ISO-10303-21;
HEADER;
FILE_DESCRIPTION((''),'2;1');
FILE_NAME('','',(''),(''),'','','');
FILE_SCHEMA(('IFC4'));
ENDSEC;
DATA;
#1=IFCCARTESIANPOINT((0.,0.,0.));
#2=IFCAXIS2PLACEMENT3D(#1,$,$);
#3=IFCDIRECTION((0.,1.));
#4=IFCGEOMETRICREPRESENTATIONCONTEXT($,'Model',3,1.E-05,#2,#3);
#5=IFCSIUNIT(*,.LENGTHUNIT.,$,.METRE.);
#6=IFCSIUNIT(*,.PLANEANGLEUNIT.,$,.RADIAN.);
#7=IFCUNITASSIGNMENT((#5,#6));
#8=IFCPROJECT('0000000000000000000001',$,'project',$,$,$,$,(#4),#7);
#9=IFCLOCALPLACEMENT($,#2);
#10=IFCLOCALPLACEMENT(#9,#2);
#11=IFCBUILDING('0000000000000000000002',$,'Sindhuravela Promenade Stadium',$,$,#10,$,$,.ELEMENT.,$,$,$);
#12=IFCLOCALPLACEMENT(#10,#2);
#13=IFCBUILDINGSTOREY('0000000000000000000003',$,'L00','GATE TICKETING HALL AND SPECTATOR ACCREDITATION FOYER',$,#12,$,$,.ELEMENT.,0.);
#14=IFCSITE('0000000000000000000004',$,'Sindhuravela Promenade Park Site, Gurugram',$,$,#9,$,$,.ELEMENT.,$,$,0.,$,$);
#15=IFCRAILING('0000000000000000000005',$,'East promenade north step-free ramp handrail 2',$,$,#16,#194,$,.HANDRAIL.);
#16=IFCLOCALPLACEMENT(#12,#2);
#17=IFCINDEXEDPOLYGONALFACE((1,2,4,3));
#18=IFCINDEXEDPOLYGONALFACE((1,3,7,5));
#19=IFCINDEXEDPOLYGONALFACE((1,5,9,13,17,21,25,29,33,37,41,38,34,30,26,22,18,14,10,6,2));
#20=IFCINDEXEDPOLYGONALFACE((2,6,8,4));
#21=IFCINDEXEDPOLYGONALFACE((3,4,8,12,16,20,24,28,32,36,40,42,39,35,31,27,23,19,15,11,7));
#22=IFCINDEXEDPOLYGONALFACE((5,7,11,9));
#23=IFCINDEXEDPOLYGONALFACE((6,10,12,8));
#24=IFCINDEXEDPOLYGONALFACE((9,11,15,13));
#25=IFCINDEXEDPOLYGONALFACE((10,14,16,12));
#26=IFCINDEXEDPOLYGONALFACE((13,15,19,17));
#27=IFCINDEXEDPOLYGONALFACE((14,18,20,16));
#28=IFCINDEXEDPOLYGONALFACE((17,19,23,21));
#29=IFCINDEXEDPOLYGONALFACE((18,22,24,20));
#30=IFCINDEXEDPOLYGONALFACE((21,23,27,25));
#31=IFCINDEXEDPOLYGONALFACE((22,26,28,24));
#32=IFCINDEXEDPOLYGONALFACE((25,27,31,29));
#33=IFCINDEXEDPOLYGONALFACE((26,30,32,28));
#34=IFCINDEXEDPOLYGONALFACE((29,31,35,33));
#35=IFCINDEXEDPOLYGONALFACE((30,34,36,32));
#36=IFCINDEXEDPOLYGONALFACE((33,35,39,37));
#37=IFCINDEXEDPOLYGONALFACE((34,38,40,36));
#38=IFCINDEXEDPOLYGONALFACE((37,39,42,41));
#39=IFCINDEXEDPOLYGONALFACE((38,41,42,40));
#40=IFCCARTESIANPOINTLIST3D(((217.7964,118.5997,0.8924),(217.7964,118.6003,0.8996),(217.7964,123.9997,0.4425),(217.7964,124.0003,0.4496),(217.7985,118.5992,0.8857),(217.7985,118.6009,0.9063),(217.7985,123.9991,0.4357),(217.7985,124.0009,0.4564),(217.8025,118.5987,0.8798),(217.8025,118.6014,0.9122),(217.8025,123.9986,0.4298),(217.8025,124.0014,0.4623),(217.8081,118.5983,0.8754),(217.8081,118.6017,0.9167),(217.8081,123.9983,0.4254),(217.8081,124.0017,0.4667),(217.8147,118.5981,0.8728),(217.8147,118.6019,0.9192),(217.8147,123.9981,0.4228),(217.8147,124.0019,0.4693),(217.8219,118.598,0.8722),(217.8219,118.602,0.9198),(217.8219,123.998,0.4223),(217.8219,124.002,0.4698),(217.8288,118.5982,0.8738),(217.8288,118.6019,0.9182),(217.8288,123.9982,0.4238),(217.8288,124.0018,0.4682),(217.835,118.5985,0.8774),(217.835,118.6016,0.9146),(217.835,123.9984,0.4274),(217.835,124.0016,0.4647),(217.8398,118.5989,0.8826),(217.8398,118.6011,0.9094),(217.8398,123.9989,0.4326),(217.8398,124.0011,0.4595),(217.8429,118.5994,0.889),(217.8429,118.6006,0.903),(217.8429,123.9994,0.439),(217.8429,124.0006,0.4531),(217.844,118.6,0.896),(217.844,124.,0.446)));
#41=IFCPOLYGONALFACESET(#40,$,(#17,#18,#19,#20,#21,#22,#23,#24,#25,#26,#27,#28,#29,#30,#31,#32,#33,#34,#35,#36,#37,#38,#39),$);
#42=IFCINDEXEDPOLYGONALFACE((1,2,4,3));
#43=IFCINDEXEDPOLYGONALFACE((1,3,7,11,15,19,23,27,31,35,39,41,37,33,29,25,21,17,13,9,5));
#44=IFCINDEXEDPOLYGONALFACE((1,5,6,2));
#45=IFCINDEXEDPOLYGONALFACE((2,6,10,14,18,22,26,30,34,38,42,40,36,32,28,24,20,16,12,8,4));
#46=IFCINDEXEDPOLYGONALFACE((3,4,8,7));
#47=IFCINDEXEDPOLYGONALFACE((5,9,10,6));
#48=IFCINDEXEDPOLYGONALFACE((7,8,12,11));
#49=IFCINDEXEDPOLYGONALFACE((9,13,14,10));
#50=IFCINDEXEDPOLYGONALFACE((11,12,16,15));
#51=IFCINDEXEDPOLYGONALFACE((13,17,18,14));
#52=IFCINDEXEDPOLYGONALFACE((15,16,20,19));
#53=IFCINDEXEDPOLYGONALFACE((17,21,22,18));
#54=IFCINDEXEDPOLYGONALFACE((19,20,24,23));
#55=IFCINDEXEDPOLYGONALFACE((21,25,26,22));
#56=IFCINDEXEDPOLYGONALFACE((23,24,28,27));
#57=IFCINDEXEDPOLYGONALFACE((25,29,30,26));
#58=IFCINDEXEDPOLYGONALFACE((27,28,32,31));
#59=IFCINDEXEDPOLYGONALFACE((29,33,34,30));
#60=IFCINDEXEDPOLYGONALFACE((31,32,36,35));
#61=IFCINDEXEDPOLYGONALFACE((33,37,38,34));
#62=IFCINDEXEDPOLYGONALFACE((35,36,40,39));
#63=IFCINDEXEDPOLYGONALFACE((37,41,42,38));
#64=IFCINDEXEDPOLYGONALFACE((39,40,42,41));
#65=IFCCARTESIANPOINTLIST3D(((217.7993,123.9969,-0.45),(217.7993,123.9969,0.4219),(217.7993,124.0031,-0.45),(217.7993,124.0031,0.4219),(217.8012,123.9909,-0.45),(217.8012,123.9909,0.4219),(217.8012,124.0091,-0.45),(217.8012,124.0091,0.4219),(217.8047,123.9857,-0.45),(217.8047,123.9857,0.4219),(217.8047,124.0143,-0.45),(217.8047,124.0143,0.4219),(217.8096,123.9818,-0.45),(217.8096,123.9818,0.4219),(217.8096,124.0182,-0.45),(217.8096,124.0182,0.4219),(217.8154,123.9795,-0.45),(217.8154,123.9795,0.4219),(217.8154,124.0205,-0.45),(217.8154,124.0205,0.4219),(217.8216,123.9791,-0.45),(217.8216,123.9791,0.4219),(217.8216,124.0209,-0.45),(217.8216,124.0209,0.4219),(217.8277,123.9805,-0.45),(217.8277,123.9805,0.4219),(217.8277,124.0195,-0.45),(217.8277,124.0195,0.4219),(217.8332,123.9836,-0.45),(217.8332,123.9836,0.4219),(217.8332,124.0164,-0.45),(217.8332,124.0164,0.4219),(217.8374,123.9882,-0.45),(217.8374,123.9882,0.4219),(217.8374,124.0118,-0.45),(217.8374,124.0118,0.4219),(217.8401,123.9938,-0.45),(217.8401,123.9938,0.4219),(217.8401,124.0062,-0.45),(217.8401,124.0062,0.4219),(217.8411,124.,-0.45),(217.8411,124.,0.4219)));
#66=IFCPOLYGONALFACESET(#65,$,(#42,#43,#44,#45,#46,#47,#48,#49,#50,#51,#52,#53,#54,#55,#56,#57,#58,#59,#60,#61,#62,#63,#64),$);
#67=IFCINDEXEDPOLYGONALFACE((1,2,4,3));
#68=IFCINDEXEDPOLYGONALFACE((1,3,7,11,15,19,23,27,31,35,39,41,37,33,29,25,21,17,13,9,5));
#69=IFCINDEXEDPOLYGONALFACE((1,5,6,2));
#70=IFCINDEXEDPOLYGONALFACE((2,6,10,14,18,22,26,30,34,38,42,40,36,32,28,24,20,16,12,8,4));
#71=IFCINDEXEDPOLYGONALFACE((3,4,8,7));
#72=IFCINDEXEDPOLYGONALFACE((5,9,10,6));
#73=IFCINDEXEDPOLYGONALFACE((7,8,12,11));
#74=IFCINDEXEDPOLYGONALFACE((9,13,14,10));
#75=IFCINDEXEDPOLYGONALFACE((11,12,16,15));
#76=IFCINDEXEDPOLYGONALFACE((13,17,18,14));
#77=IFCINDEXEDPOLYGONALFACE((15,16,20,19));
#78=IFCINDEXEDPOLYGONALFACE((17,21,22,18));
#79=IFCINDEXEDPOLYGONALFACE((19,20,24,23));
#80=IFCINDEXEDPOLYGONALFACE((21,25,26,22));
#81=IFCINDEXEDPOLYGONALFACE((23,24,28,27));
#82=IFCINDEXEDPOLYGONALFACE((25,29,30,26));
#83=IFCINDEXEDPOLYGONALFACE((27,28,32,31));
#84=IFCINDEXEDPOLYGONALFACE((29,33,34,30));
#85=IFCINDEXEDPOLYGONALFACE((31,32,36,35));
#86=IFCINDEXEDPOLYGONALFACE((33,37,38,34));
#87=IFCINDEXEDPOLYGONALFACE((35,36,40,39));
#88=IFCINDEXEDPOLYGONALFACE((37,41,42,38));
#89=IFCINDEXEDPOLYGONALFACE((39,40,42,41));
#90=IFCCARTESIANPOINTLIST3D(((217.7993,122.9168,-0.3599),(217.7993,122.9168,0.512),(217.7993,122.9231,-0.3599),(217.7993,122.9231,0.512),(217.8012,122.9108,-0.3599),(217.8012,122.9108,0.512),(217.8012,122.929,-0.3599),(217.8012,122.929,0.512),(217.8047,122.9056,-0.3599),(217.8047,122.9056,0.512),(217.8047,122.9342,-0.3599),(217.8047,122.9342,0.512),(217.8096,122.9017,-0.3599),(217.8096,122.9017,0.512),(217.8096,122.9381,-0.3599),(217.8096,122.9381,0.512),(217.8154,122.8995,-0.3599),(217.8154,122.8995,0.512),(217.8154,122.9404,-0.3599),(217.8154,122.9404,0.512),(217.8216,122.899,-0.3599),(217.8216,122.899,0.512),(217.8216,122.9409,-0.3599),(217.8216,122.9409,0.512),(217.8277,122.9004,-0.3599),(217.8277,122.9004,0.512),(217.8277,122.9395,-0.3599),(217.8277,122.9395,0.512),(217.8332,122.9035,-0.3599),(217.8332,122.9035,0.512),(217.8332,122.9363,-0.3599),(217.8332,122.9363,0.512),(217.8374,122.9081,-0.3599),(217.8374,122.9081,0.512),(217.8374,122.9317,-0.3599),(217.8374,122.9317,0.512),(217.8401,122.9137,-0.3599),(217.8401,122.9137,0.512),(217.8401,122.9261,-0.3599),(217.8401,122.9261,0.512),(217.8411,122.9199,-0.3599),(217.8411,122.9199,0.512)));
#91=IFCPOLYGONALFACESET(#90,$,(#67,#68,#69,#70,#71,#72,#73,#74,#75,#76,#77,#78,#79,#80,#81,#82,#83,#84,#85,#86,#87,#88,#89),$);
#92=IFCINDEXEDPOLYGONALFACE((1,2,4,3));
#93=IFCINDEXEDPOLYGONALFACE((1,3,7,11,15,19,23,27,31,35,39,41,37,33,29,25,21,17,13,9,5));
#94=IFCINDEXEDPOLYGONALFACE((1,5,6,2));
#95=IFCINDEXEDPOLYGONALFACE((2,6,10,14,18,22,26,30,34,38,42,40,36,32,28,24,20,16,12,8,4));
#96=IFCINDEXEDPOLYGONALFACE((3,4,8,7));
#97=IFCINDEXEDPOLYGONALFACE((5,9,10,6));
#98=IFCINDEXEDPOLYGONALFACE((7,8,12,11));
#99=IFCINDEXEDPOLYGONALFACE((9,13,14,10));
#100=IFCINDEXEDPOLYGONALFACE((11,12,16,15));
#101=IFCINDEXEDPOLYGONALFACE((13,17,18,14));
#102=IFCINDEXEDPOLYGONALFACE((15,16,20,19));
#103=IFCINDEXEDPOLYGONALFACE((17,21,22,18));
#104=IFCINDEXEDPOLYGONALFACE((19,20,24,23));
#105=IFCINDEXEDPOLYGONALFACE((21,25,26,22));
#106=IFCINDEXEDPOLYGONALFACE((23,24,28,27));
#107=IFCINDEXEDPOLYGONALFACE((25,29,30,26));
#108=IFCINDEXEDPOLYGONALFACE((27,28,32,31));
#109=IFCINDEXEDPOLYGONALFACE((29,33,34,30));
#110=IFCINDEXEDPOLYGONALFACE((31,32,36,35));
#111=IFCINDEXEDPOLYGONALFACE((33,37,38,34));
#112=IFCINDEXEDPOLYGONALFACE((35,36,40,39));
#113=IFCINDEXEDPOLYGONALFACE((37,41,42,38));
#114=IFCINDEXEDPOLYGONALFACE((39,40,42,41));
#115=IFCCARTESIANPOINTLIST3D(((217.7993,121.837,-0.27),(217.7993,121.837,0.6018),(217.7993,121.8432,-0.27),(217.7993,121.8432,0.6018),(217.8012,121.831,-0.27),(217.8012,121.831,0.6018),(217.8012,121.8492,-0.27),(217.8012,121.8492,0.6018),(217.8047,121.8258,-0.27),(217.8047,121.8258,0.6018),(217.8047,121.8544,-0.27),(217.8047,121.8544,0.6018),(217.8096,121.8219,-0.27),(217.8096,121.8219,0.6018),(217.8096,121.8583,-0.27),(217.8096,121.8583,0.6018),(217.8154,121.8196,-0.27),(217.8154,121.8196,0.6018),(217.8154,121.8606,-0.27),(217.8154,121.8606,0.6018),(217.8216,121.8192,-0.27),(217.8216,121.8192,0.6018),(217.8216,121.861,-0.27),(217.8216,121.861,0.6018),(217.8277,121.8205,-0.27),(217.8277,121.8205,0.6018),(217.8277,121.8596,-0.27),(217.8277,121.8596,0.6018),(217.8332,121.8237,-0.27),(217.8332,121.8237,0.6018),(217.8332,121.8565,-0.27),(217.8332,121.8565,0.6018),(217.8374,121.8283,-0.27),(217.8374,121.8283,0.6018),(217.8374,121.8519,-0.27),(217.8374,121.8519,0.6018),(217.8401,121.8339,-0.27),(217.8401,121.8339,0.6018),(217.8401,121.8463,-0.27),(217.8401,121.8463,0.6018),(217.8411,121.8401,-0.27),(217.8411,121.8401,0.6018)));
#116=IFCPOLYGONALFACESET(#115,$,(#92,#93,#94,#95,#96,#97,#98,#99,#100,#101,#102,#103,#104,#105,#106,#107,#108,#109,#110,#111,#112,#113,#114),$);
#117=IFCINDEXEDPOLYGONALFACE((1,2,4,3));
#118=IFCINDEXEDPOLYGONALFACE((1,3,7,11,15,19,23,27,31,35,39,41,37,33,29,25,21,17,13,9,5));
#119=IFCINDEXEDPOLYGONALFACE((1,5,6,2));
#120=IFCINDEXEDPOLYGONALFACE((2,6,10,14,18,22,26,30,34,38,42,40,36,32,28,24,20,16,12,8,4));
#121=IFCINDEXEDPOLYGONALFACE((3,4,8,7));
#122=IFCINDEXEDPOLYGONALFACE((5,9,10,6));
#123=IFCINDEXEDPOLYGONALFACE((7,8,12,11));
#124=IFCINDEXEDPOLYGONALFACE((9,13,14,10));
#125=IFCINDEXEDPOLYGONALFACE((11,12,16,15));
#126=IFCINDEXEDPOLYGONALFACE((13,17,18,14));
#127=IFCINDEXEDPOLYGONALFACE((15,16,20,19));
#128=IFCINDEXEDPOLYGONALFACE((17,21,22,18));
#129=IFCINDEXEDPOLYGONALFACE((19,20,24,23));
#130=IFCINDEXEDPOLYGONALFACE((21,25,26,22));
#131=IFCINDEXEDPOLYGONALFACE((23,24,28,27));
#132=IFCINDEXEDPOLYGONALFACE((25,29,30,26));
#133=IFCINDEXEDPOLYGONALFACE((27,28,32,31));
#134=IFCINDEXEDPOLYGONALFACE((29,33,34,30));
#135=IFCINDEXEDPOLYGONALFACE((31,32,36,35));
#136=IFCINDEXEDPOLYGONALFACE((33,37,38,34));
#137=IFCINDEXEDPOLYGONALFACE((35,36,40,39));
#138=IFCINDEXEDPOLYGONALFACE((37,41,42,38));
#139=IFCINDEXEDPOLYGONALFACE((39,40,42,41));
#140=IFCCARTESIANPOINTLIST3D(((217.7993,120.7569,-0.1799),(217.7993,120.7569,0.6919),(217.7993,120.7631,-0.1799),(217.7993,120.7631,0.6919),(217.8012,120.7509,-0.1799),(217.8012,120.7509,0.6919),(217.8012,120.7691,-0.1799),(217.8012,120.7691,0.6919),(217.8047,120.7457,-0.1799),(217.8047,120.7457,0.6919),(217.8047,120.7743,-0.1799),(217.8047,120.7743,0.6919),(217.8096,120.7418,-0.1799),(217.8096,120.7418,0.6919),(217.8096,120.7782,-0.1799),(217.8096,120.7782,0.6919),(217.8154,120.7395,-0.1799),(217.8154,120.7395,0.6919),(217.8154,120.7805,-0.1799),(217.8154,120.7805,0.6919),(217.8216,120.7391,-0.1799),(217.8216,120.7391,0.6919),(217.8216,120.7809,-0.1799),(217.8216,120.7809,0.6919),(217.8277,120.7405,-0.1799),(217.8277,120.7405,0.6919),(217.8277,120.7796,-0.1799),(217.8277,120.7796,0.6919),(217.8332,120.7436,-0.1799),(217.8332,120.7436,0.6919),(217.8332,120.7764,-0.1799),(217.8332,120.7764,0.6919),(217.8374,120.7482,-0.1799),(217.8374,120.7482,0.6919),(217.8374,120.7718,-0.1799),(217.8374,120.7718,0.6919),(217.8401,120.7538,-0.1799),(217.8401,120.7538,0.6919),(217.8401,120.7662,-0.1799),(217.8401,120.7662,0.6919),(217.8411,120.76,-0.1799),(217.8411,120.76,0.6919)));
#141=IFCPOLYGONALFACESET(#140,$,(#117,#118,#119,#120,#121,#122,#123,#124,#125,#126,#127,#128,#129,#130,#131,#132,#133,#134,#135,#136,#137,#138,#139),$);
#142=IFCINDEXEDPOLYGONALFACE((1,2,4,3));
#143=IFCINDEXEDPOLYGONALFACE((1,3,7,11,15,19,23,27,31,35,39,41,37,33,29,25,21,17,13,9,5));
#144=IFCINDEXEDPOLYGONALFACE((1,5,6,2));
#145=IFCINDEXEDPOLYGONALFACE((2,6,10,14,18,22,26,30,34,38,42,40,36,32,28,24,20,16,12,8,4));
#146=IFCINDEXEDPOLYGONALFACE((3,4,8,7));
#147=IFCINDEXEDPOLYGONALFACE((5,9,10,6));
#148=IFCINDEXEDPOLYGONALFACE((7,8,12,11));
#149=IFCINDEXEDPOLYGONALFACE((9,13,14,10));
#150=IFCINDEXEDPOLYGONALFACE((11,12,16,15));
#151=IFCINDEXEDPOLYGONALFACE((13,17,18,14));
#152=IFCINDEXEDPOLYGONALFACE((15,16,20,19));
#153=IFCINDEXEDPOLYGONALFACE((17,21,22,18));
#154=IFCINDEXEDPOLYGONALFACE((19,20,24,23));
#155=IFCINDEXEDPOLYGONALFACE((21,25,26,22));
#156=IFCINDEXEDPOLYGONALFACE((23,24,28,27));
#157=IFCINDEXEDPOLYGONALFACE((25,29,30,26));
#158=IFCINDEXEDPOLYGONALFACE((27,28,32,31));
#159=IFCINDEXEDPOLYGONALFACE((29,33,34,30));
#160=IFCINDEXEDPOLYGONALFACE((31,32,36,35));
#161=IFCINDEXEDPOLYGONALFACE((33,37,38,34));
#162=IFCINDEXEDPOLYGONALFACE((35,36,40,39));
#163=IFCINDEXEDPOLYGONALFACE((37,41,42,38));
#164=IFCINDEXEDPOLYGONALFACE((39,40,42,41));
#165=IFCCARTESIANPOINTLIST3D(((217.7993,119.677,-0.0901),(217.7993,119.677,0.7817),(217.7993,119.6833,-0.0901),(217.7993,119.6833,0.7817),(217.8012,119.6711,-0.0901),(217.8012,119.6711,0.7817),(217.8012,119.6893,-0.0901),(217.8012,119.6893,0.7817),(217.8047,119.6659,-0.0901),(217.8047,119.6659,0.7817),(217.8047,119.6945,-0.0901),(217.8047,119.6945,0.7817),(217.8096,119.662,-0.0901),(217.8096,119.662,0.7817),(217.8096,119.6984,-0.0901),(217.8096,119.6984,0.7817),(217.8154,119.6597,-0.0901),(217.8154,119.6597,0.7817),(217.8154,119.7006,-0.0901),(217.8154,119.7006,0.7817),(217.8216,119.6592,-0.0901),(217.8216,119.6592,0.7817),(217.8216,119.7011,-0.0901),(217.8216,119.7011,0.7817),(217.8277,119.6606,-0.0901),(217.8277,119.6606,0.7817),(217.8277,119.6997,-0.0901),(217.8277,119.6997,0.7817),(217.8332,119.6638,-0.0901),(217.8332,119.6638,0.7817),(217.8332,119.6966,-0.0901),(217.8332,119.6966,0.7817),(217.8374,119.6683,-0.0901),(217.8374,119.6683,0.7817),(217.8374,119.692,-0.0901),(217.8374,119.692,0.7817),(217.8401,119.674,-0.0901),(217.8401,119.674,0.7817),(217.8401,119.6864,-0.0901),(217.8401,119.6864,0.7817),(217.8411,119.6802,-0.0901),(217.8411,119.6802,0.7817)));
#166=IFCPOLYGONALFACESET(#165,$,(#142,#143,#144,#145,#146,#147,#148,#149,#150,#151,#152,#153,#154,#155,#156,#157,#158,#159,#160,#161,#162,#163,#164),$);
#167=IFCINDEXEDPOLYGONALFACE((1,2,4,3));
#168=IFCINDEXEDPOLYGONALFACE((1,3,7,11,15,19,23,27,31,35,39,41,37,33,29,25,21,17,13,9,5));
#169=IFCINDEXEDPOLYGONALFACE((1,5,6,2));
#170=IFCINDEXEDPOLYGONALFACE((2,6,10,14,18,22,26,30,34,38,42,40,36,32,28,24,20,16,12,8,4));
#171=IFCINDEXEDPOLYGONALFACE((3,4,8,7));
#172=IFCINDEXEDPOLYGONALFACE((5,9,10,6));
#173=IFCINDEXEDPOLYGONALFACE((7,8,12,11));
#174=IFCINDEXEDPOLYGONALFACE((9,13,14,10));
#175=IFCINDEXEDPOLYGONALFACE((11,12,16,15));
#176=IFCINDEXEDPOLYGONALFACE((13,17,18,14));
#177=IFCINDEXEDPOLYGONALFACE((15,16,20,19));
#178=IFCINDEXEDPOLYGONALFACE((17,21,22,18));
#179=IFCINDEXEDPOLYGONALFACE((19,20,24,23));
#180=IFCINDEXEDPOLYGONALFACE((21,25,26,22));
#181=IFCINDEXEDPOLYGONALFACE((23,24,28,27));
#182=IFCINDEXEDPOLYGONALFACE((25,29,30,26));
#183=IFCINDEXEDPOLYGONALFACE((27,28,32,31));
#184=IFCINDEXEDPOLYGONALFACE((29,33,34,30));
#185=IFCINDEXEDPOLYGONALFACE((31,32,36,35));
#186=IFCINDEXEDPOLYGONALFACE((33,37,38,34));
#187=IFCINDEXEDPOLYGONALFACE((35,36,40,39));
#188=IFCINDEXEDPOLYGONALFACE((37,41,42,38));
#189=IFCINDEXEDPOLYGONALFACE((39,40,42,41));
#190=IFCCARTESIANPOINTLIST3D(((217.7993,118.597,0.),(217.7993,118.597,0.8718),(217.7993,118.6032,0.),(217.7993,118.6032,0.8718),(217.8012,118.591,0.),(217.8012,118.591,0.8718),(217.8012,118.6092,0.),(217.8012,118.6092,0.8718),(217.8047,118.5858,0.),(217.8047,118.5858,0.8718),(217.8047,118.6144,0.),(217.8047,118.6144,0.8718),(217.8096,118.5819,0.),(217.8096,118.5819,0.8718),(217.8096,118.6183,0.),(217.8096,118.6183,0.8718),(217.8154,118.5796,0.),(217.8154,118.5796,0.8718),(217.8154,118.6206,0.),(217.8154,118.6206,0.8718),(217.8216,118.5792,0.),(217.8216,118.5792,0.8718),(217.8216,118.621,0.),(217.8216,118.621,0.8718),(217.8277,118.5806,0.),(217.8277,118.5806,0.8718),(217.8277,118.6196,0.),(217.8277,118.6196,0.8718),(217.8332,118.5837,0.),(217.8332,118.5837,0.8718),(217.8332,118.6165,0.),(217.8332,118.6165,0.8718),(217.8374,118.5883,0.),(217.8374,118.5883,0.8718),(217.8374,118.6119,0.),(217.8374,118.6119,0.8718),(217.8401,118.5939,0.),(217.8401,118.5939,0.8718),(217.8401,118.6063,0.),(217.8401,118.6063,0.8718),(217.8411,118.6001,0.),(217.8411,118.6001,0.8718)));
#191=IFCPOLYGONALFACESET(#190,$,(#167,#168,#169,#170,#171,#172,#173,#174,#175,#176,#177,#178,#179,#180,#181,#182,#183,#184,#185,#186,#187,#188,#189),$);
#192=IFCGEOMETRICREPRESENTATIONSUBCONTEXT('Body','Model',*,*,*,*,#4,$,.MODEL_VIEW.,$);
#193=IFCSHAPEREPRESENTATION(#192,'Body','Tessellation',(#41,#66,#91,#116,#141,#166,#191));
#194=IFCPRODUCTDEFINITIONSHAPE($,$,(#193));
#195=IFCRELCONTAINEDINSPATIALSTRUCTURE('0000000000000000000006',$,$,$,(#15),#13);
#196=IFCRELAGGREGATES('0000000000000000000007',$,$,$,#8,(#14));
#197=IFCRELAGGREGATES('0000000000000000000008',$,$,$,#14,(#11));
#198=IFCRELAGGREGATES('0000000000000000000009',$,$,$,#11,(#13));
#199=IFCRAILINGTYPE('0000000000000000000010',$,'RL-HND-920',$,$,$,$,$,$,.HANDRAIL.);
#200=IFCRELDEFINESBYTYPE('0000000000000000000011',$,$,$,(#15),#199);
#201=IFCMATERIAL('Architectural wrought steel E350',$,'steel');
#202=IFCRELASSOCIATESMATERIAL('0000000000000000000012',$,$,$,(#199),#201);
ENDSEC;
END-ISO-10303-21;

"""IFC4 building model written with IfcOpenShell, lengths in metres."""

from ifc_helpers import new_model, si_unit, direction, frame, origin, origin_2d, place, context, subcontext, project, spatial, circle, extrude, material, type_object, element, save


model = new_model("IFC4")

# Units and contexts
model_context = context("Model", 3, precision=1e-05, world=origin(), true_north=direction((0.0, 1.0)))
body_context = subcontext(model_context, "Body", "Model", "MODEL_VIEW")
ifc_project = project(units=[si_unit("LENGTHUNIT", "METRE"), si_unit("PLANEANGLEUNIT", "RADIAN")], contexts=[model_context])

# Site, building, storey
site_placement = place(None, origin())
site = spatial("IfcSite", under=ifc_project, at=site_placement, Name="Sindhuravela Promenade Park Site, Gurugram", CompositionType="ELEMENT", RefElevation=0.0)
building_placement = place(site_placement, origin())
building = spatial("IfcBuilding", under=site, at=building_placement, Name="Sindhuravela Promenade Stadium", CompositionType="ELEMENT")
storey_placement = place(building_placement, origin())
storey = spatial("IfcBuildingStorey", under=building, at=storey_placement, Name="L00", Description="GATE TICKETING HALL AND SPECTATOR ACCREDITATION FOYER", CompositionType="ELEMENT", Elevation=0.0)

# Railing
ifc_material_1 = material(Name="Architectural wrought steel E350", Category="steel")
railing_type = type_object("IfcRailingType", Name="RL-HND-920", PredefinedType="HANDRAIL", material=ifc_material_1)
for number, where, name in (
    (1, (217.8201, 124.0, -0.45), "East promenade north step-free ramp handrail 2"),
):
    element("IfcRailing", number, at=place(storey_placement, frame(where)), inside=storey, type_object=railing_type, Name=name, PredefinedType="HANDRAIL", context=body_context, shape_type="SweptSolid", body=[
        extrude(circle(Radius=0.0239, at=origin_2d()), frame((0.0, 0.0, 0.896), z_axis=(0.0, -0.996546, 0.083038), x_axis=(1.0, 0.0, 0.0)), (0.0, 0.0, 1.0), 5.4187),
        extrude(circle(Radius=0.021, at=origin_2d()), origin(), (0.0, 0.0, 1.0), 0.8718),
        extrude(circle(Radius=0.021, at=origin_2d()), frame((0.0, -1.0801, 0.0901)), (0.0, 0.0, 1.0), 0.8718),
        extrude(circle(Radius=0.021, at=origin_2d()), frame((0.0, -2.1599, 0.1799)), (0.0, 0.0, 1.0), 0.8718),
        extrude(circle(Radius=0.021, at=origin_2d()), frame((0.0, -3.24, 0.27)), (0.0, 0.0, 1.0), 0.8718),
        extrude(circle(Radius=0.021, at=origin_2d()), frame((0.0, -4.3198, 0.3599)), (0.0, 0.0, 1.0), 0.8718),
        extrude(circle(Radius=0.021, at=origin_2d()), frame((0.0, -5.3999, 0.45)), (0.0, 0.0, 1.0), 0.8718),
    ])

save(model, "model.ifc")
